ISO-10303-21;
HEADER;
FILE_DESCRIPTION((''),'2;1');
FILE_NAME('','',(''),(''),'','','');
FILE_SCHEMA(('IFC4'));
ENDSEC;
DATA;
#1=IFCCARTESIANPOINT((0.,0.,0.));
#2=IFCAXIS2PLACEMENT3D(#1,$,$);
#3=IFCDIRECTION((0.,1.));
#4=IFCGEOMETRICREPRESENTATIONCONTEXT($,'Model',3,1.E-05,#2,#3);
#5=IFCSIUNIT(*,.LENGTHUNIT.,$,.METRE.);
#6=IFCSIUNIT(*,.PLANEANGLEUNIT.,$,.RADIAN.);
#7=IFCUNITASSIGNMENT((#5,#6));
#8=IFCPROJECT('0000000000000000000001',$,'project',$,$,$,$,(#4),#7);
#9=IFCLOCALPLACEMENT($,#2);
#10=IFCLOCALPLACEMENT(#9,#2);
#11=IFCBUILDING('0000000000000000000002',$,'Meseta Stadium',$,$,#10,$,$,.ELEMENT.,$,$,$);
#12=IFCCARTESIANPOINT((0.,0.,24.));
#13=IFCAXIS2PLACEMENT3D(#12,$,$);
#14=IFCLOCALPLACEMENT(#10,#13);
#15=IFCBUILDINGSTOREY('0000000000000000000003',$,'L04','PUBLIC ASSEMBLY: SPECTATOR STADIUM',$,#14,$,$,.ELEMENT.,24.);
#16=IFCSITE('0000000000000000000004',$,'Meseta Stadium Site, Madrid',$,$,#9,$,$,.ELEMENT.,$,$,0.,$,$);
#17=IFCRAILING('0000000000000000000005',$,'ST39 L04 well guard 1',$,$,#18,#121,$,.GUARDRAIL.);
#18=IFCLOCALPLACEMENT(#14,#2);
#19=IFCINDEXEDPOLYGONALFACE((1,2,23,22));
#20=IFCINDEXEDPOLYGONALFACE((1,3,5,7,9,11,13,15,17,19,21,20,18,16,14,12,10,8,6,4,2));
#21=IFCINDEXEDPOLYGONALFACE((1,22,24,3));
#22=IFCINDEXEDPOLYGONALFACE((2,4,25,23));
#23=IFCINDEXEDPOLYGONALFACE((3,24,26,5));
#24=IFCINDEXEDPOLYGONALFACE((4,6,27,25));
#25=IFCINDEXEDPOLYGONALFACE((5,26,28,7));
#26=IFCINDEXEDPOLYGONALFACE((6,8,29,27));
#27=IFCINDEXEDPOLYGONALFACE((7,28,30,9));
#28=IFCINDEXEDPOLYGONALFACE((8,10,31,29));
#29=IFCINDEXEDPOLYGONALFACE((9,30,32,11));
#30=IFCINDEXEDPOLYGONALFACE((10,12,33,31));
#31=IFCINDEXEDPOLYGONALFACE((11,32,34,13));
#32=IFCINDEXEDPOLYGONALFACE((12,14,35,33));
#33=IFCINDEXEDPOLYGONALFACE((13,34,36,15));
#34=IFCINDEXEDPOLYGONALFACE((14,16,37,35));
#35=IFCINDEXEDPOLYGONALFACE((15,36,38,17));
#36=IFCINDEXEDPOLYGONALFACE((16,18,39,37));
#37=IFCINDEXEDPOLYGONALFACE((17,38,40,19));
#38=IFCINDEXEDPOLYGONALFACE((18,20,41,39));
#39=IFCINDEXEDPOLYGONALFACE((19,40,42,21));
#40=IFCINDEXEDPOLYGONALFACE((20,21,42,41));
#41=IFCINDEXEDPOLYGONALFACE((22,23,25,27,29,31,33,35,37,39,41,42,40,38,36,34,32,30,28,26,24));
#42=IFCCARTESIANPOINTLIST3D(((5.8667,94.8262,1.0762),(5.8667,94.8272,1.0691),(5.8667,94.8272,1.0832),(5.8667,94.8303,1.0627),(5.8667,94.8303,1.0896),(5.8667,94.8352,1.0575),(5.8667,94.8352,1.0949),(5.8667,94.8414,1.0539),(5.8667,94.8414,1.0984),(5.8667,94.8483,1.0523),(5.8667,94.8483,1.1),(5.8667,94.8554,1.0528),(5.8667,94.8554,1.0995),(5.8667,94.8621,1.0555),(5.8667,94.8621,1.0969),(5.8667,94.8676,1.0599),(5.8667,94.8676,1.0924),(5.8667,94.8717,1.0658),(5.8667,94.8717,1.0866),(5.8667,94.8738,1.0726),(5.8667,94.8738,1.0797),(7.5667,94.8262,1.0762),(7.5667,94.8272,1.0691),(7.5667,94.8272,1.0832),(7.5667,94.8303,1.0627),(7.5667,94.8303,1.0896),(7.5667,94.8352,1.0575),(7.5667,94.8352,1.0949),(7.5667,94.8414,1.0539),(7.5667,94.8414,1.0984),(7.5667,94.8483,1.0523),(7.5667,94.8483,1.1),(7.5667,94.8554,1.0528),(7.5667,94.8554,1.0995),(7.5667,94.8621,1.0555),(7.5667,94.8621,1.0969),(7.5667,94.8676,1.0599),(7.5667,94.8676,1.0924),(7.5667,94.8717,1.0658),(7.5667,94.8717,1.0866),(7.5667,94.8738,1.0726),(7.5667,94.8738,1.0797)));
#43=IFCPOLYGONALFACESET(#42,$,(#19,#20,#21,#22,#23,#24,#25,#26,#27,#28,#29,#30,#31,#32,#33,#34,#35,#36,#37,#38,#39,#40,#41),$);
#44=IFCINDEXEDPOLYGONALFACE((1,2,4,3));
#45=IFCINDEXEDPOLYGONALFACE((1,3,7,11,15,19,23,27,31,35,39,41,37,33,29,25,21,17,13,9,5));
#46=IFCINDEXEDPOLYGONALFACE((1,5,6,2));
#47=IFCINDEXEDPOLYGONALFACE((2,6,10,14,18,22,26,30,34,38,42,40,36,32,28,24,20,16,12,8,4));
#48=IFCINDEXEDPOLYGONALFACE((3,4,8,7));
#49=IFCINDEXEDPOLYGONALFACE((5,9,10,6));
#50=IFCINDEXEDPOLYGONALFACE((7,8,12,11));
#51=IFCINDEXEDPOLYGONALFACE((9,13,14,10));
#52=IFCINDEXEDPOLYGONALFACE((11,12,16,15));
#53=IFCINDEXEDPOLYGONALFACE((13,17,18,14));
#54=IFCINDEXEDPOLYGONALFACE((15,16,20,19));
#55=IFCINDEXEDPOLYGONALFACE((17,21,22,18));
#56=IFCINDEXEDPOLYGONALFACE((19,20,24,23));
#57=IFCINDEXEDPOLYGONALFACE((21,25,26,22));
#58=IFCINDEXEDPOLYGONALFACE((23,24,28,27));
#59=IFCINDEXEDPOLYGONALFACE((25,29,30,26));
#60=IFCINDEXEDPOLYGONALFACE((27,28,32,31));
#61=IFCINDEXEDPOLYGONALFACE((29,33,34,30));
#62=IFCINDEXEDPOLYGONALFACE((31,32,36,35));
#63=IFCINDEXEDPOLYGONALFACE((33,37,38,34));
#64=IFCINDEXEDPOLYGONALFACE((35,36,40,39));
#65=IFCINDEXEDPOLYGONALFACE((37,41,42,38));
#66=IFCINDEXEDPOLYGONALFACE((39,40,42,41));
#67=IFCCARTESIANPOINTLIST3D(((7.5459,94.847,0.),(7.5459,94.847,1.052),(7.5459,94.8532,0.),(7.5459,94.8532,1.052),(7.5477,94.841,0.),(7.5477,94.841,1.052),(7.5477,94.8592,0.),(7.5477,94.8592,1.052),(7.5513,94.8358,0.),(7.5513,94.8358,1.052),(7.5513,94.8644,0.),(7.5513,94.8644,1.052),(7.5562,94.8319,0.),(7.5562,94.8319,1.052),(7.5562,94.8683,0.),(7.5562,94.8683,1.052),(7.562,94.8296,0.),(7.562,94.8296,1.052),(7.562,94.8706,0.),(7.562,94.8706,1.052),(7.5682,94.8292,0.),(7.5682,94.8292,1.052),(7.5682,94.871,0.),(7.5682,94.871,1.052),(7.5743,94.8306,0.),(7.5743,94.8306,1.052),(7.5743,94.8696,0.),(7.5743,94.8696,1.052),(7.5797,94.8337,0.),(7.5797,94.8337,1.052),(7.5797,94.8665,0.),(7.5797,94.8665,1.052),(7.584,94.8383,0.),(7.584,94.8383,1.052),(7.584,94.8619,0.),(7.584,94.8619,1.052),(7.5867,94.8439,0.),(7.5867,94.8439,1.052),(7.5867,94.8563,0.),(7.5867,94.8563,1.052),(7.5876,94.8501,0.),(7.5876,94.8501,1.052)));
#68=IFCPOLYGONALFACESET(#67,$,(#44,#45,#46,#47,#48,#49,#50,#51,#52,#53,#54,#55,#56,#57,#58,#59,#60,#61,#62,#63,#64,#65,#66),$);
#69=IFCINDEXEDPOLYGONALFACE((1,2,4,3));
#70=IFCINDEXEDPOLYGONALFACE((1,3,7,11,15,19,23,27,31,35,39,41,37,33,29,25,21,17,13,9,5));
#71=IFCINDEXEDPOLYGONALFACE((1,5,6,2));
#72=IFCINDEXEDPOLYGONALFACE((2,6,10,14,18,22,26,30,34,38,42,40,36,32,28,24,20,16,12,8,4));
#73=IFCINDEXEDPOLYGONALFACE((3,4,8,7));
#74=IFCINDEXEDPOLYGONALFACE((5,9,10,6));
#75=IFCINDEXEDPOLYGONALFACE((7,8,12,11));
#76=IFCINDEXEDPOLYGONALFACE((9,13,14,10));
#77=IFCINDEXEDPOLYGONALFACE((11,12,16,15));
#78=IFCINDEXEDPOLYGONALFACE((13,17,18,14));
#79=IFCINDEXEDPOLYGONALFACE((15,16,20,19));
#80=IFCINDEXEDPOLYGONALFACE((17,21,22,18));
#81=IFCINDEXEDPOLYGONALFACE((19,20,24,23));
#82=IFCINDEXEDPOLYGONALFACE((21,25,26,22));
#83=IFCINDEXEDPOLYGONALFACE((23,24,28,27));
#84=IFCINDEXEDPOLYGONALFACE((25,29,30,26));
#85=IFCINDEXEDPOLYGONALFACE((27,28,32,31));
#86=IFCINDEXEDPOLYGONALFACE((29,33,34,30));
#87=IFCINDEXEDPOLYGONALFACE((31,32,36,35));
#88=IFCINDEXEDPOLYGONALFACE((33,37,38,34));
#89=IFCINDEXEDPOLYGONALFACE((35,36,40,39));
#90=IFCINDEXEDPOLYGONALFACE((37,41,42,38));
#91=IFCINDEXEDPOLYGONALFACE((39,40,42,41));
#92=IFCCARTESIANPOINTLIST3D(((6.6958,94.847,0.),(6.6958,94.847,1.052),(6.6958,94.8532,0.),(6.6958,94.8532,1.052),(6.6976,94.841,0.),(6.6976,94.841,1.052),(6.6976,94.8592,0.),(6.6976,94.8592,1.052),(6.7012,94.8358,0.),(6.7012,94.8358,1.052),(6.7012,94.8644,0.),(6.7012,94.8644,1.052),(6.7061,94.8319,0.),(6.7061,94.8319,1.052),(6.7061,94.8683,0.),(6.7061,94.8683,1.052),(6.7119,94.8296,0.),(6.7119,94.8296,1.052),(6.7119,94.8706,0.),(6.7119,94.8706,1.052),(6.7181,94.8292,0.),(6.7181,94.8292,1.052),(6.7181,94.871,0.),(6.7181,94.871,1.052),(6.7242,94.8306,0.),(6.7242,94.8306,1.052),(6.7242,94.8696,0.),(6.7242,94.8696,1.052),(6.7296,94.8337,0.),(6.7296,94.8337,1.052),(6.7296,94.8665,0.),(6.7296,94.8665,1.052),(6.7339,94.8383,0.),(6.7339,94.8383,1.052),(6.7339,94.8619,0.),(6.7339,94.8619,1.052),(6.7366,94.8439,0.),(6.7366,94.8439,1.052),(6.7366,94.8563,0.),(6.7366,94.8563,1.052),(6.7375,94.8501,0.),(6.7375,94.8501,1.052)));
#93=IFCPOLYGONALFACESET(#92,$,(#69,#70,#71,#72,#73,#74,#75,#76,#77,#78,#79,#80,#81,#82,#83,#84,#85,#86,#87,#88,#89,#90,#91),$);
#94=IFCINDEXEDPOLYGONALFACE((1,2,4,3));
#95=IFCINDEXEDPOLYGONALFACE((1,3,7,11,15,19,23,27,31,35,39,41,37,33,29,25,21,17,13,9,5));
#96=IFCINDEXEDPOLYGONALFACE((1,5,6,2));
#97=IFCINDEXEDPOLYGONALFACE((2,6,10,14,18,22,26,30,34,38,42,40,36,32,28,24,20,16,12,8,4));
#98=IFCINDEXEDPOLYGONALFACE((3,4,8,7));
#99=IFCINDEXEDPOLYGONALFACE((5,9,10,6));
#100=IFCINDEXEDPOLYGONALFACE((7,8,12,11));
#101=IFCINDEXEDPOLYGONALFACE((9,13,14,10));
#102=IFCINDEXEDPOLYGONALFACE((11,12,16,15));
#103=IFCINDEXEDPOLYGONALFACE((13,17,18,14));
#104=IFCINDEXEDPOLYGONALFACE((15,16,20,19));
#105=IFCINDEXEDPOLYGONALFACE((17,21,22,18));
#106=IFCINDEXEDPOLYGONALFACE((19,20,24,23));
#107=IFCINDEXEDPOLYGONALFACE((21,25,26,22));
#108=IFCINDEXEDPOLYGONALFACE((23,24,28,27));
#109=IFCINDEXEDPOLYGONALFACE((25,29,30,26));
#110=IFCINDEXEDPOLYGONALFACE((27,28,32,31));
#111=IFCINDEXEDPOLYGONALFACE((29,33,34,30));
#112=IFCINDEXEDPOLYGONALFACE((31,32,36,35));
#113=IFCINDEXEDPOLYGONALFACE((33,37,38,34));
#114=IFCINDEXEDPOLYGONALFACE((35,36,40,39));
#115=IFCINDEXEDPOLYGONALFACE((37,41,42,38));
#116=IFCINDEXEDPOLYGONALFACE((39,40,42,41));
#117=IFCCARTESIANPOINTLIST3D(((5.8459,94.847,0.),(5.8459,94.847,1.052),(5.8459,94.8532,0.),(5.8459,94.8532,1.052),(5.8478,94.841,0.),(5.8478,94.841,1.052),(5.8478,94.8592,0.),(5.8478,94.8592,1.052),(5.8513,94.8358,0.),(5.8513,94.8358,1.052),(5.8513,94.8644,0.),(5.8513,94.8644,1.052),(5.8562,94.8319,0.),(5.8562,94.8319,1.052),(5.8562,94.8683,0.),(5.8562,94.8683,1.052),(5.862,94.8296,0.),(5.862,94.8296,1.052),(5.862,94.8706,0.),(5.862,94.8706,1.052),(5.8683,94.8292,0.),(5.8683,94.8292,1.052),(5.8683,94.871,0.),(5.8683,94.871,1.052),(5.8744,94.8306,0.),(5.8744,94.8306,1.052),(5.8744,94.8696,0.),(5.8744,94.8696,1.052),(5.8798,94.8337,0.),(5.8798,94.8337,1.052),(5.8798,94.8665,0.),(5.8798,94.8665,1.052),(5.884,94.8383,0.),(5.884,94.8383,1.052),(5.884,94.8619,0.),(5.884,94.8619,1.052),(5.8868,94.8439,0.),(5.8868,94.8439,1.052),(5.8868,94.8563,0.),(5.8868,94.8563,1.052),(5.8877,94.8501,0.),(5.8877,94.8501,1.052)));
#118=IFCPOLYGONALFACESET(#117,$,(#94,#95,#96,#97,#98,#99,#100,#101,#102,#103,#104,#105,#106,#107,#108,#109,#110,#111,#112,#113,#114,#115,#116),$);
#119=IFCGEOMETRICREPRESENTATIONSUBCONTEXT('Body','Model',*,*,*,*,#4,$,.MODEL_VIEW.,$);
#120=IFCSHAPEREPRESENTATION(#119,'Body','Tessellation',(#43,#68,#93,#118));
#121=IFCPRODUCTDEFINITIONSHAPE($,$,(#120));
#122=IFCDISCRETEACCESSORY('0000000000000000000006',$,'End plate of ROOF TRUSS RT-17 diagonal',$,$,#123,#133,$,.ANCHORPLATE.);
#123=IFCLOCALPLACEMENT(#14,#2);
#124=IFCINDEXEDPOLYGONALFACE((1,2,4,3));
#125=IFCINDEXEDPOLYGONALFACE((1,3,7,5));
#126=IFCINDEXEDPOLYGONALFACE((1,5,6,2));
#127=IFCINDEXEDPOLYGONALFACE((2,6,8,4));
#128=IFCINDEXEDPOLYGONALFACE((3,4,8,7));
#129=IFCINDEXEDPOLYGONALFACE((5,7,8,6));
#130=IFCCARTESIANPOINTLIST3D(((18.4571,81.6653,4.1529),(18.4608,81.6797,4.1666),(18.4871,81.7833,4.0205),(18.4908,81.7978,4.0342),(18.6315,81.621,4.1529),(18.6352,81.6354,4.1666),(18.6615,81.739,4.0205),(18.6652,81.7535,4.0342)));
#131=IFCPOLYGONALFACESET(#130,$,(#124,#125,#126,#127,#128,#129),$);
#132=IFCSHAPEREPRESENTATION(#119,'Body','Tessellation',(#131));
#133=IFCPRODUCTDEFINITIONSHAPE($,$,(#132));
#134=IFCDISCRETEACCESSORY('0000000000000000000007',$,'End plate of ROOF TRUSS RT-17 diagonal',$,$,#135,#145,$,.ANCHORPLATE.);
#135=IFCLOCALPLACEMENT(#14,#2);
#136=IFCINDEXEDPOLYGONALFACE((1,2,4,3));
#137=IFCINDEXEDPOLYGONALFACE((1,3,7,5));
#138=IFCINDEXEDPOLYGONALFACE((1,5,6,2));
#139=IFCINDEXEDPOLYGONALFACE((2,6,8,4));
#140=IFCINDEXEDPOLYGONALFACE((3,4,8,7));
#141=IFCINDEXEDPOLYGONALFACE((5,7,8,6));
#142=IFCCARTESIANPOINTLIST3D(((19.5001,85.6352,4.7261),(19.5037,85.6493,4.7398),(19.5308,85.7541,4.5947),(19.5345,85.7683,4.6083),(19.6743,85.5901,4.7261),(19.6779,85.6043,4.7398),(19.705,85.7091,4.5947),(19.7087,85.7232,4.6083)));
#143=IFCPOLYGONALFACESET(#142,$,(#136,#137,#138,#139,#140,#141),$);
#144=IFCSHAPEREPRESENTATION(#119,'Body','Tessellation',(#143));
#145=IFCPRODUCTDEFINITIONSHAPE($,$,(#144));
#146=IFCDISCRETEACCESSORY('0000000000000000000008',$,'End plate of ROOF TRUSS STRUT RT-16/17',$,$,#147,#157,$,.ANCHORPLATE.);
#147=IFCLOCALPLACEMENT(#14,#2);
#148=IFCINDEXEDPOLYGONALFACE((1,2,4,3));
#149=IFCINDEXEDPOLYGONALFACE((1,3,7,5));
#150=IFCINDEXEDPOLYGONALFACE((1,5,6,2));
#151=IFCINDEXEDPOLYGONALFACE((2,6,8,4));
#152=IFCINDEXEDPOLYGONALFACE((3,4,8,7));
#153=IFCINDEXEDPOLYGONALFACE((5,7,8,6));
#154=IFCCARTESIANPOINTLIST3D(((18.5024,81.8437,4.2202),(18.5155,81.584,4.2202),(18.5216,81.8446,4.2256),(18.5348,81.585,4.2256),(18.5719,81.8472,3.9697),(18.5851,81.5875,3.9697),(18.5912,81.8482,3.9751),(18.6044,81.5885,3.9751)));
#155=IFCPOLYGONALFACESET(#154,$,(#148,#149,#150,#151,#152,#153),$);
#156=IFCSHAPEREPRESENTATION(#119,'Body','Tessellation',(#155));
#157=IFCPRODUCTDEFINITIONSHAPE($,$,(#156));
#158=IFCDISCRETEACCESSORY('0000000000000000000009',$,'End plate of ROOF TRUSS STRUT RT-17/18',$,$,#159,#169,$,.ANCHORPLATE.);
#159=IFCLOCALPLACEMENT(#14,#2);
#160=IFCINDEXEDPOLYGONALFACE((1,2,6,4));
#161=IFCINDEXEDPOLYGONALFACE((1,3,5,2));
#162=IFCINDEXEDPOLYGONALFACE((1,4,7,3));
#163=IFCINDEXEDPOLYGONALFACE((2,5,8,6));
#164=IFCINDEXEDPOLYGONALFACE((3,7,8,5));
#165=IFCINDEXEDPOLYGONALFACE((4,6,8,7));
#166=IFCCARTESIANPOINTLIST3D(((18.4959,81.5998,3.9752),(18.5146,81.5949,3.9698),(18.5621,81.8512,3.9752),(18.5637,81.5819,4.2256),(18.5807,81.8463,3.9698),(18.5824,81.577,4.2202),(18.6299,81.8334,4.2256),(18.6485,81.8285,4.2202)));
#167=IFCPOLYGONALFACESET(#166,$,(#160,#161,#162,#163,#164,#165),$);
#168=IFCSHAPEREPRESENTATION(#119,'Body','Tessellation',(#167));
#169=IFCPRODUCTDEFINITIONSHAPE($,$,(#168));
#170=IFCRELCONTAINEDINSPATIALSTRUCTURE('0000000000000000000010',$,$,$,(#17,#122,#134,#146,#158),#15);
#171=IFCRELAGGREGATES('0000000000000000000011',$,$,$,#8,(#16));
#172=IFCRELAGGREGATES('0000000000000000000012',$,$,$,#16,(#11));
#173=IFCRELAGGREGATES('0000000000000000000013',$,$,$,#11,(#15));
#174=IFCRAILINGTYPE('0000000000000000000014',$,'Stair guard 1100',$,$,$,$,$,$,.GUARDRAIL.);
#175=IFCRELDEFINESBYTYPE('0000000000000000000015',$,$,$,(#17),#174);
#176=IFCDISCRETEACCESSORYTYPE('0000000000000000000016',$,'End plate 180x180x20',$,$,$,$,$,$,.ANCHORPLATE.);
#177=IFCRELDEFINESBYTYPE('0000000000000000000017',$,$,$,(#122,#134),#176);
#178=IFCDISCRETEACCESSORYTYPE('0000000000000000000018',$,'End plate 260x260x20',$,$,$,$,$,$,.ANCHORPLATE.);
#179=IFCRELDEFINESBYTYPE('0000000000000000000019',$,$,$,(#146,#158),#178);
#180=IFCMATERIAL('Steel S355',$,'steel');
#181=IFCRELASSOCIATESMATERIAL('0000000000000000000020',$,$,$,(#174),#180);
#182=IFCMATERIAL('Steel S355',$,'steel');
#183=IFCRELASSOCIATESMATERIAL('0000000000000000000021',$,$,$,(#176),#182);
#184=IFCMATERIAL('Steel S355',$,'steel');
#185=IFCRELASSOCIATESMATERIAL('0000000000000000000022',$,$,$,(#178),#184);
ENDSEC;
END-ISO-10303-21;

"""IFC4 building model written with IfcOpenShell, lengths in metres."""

from ifc_helpers import new_model, si_unit, direction, frame, origin, origin_2d, place, context, subcontext, project, spatial, rectangle, circle, extrude, material, material_profile, profile_set, type_object, element, save


model = new_model("IFC4")

# Units and contexts
model_context = context("Model", 3, precision=1e-05, world=origin(), true_north=direction((0.0, 1.0)))
body_context = subcontext(model_context, "Body", "Model", "MODEL_VIEW")
ifc_project = project(units=[si_unit("LENGTHUNIT", "METRE"), si_unit("PLANEANGLEUNIT", "RADIAN")], contexts=[model_context])

# Site, building, storey
site_placement = place(None, origin())
site = spatial("IfcSite", under=ifc_project, at=site_placement, Name="Meseta Stadium Site, Madrid", CompositionType="ELEMENT", RefElevation=0.0)
building_placement = place(site_placement, origin())
building = spatial("IfcBuilding", under=site, at=building_placement, Name="Meseta Stadium", CompositionType="ELEMENT")
storey_placement = place(building_placement, frame((0.0, 0.0, 24.0)))
storey = spatial("IfcBuildingStorey", under=building, at=storey_placement, Name="L04", Description="PUBLIC ASSEMBLY: SPECTATOR STADIUM", CompositionType="ELEMENT", Elevation=24.0)

# Railing
ifc_material_1 = material(Name="Steel S355", Category="steel")
railing_type = type_object("IfcRailingType", Name="Stair guard 1100", PredefinedType="GUARDRAIL", material=ifc_material_1)
railing_placement = place(storey_placement, frame((7.5667, 94.8501, 0.0)))
element("IfcRailing", 1, at=railing_placement, inside=storey, type_object=railing_type, Name="ST39 L04 well guard 1", PredefinedType="GUARDRAIL", context=body_context, shape_type="SweptSolid", body=[
    extrude(circle(Radius=0.0239, at=origin_2d()), frame((0.0, 0.0, 1.0762), z_axis=(-1.0, 0.0, 0.0), x_axis=(0.0, -1.0, 0.0)), (0.0, 0.0, 1.0), 1.7),
    extrude(circle(Radius=0.021, at=origin_2d()), origin(), (0.0, 0.0, 1.0), 1.052),
    extrude(circle(Radius=0.021, at=origin_2d()), frame((-0.8501, 0.0, 0.0)), (0.0, 0.0, 1.0), 1.052),
    extrude(circle(Radius=0.021, at=origin_2d()), frame((-1.7, 0.0, 0.0)), (0.0, 0.0, 1.0), 1.052),
])

# Discrete accessories
ifc_material_2 = material(Name="Steel S355", Category="steel")
ifc_material_profile_1 = material_profile(ifc_material_2, rectangle(XDim=0.1799, YDim=0.1799, at=origin_2d()), Name="PL 180x180")
ifc_profile_set_1 = profile_set([ifc_material_profile_1], Name="Steel S355")
discrete_accessory_type_1 = type_object("IfcDiscreteAccessoryType", Name="End plate 180x180x20", PredefinedType="ANCHORPLATE", material=ifc_profile_set_1)
discrete_accessory_1_placement = place(storey_placement, frame((18.5593, 81.7021, 4.0867), z_axis=(0.181343, 0.713281, 0.677012), x_axis=(-0.969169, 0.246399, 0.0)))
element("IfcDiscreteAccessory", 2, at=discrete_accessory_1_placement, inside=storey, type_object=discrete_accessory_type_1, Name="End plate of ROOF TRUSS RT-17 diagonal", PredefinedType="ANCHORPLATE", context=body_context, shape_type="SweptSolid", body=[
    extrude(rectangle(XDim=0.1799, YDim=0.1799, at=origin_2d()), origin(), (0.0, 0.0, 1.0), 0.0203),
])
discrete_accessory_2_placement = place(storey_placement, frame((19.6025, 85.6721, 4.6604), z_axis=(0.182913, 0.707264, 0.682876), x_axis=(-0.968147, 0.250383, 0.0)))
element("IfcDiscreteAccessory", 3, at=discrete_accessory_2_placement, inside=storey, type_object=discrete_accessory_type_1, Name="End plate of ROOF TRUSS RT-17 diagonal", PredefinedType="ANCHORPLATE", context=body_context, shape_type="SweptSolid", body=[
    extrude(rectangle(XDim=0.1799, YDim=0.1799, at=origin_2d()), origin(), (0.0, 0.0, 1.0), 0.02),
])
ifc_material_3 = material(Name="Steel S355", Category="steel")
ifc_material_profile_2 = material_profile(ifc_material_3, rectangle(XDim=0.26, YDim=0.26, at=origin_2d()), Name="PL 260x260")
ifc_profile_set_2 = profile_set([ifc_material_profile_2], Name="Steel S355")
discrete_accessory_type_2 = type_object("IfcDiscreteAccessoryType", Name="End plate 260x260x20", PredefinedType="ANCHORPLATE", material=ifc_profile_set_2)
for number, where, z_axis, x_axis, name in (
    (4, (18.563, 81.7166, 4.1003), (-0.962199, -0.048719, -0.267954), (0.050568, -0.998721, 0.0), "End plate of ROOF TRUSS STRUT RT-16/17"),
    (5, (18.5815, 81.7117, 4.095), (-0.931272, 0.245072, 0.269579), (-0.254493, -0.967075, 0.0), "End plate of ROOF TRUSS STRUT RT-17/18"),
):
    element("IfcDiscreteAccessory", number, at=place(storey_placement, frame(where, z_axis=z_axis, x_axis=x_axis)), inside=storey, type_object=discrete_accessory_type_2, Name=name, PredefinedType="ANCHORPLATE", context=body_context, shape_type="SweptSolid", body=[
        extrude(rectangle(XDim=0.26, YDim=0.26, at=origin_2d()), origin(), (0.0, 0.0, 1.0), 0.02),
    ])

save(model, "model.ifc")
